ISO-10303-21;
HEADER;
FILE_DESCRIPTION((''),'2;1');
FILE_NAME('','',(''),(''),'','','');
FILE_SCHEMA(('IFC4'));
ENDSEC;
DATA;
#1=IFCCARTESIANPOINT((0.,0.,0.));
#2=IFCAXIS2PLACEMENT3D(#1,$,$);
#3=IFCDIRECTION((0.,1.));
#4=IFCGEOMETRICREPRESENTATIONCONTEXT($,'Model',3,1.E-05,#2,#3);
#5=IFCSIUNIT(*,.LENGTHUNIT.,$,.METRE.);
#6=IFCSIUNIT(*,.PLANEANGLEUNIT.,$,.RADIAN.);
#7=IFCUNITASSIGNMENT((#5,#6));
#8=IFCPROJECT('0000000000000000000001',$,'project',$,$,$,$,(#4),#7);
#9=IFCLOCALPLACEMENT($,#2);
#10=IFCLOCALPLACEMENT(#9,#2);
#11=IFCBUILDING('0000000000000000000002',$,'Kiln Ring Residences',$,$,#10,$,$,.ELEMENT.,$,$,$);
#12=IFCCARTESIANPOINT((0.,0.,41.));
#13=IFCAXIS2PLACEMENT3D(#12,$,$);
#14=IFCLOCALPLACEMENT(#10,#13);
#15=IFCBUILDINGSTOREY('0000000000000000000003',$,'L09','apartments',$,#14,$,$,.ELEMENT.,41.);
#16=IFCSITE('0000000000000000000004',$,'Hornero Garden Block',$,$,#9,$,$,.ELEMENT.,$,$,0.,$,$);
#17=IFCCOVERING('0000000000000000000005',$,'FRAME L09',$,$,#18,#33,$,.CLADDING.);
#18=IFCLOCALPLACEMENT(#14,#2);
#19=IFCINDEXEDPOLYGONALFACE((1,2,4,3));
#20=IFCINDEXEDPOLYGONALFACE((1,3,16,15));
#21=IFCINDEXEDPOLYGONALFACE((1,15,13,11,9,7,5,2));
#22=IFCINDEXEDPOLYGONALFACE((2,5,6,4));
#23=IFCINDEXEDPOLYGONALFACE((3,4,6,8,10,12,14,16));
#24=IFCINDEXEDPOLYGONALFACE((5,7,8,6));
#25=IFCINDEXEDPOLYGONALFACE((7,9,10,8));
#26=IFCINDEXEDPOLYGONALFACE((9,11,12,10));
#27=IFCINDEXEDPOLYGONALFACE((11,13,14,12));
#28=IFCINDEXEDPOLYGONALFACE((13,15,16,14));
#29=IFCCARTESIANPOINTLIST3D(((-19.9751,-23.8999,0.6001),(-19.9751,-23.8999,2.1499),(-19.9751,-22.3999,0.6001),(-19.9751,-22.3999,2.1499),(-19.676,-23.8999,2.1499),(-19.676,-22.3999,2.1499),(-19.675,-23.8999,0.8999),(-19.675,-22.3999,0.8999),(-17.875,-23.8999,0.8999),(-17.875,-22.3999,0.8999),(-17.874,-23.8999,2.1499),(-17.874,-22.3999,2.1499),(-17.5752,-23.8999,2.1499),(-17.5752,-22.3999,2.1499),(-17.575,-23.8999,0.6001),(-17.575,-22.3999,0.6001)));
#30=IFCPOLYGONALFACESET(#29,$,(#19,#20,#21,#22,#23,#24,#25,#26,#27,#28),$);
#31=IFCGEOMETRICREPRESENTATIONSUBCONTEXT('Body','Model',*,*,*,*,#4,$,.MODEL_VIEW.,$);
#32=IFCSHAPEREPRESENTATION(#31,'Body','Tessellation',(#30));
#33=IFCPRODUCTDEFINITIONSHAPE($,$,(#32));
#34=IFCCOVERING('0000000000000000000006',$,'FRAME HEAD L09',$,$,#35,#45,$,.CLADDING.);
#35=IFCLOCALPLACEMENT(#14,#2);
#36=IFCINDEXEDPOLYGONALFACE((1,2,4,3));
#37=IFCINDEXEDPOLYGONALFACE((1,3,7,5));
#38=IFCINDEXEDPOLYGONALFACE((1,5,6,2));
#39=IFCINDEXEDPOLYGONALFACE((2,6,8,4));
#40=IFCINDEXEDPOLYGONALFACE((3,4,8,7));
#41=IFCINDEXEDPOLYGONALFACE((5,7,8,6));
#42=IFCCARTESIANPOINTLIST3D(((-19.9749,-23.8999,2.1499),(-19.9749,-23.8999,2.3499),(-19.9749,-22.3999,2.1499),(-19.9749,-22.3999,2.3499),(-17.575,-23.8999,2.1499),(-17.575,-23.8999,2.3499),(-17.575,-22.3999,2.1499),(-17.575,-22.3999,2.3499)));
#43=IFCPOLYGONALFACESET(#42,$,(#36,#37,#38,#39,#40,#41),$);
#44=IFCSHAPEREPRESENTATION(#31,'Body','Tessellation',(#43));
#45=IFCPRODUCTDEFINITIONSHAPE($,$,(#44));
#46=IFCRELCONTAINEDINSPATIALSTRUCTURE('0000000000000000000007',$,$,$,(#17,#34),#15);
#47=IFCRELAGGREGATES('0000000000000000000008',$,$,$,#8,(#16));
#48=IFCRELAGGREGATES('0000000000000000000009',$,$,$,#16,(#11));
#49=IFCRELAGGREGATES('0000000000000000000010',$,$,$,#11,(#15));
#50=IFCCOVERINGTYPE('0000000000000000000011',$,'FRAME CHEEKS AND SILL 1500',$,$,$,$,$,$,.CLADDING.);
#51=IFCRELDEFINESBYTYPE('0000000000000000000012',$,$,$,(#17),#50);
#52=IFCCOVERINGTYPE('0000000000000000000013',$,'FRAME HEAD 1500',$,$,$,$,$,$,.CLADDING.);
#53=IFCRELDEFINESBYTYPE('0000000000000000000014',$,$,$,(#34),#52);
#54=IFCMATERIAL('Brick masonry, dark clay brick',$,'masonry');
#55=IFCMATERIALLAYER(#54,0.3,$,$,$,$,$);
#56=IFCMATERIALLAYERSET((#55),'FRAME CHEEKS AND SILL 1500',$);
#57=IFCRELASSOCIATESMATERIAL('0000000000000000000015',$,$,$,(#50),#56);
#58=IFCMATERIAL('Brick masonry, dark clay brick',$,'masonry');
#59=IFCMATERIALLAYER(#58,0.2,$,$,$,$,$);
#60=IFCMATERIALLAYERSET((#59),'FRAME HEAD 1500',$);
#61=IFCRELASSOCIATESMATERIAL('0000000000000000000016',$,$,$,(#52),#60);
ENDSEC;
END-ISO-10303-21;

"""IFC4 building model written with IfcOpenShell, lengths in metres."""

from ifc_helpers import new_model, si_unit, direction, frame, origin, origin_2d, place, context, subcontext, project, spatial, polyline, rectangle, outline, extrude, material, layer, layer_set, type_object, element, save


model = new_model("IFC4")

# Units and contexts
model_context = context("Model", 3, precision=1e-05, world=origin(), true_north=direction((0.0, 1.0)))
body_context = subcontext(model_context, "Body", "Model", "MODEL_VIEW")
ifc_project = project(units=[si_unit("LENGTHUNIT", "METRE"), si_unit("PLANEANGLEUNIT", "RADIAN")], contexts=[model_context])

# Site, building, storey
site_placement = place(None, origin())
site = spatial("IfcSite", under=ifc_project, at=site_placement, Name="Hornero Garden Block", CompositionType="ELEMENT", RefElevation=0.0)
building_placement = place(site_placement, origin())
building = spatial("IfcBuilding", under=site, at=building_placement, Name="Kiln Ring Residences", CompositionType="ELEMENT")
storey_placement = place(building_placement, frame((0.0, 0.0, 41.0)))
storey = spatial("IfcBuildingStorey", under=building, at=storey_placement, Name="L09", Description="apartments", CompositionType="ELEMENT", Elevation=41.0)

# Coverings
ifc_material_1 = material(Name="Brick masonry, dark clay brick", Category="masonry")
ifc_layer_1 = layer(ifc_material_1, 0.3)
ifc_layer_set_1 = layer_set([ifc_layer_1], Name="FRAME CHEEKS AND SILL 1500")
covering_type_1 = type_object("IfcCoveringType", Name="FRAME CHEEKS AND SILL 1500", PredefinedType="CLADDING", material=ifc_layer_set_1)
covering_1_placement = place(storey_placement, frame((-19.9751, -23.1499, 0.6001), z_axis=(0.0, 0.0, 1.0), x_axis=(1.0, 0.0, 0.0)))
element("IfcCovering", 1, at=covering_1_placement, inside=storey, type_object=covering_type_1, Name="FRAME L09", PredefinedType="CLADDING", context=body_context, shape_type="SweptSolid", body=[
    extrude(outline(polyline([(0.0, 0.0), (2.4001, 0.0), (2.3999, 1.5498), (2.1011, 1.5498), (2.1001, 0.2998), (0.3, 0.2998), (0.2991, 1.5498), (0.0, 1.5498), (0.0, 0.0)])), frame((0.0, 0.75, 0.0), z_axis=(0.0, -1.0, 0.0), x_axis=(1.0, 0.0, 0.0)), (0.0, 0.0, 1.0), 1.5),
])
ifc_material_2 = material(Name="Brick masonry, dark clay brick", Category="masonry")
ifc_layer_2 = layer(ifc_material_2, 0.2)
ifc_layer_set_2 = layer_set([ifc_layer_2], Name="FRAME HEAD 1500")
covering_type_2 = type_object("IfcCoveringType", Name="FRAME HEAD 1500", PredefinedType="CLADDING", material=ifc_layer_set_2)
covering_2_placement = place(storey_placement, frame((-18.7749, -23.1499, 2.1499), z_axis=(0.0, 0.0, 1.0), x_axis=(1.0, 0.0, 0.0)))
element("IfcCovering", 2, at=covering_2_placement, inside=storey, type_object=covering_type_2, Name="FRAME HEAD L09", PredefinedType="CLADDING", context=body_context, shape_type="SweptSolid", body=[
    extrude(rectangle(XDim=2.3999, YDim=1.5, at=origin_2d()), origin(), (0.0, 0.0, 1.0), 0.2),
])

save(model, "model.ifc")
